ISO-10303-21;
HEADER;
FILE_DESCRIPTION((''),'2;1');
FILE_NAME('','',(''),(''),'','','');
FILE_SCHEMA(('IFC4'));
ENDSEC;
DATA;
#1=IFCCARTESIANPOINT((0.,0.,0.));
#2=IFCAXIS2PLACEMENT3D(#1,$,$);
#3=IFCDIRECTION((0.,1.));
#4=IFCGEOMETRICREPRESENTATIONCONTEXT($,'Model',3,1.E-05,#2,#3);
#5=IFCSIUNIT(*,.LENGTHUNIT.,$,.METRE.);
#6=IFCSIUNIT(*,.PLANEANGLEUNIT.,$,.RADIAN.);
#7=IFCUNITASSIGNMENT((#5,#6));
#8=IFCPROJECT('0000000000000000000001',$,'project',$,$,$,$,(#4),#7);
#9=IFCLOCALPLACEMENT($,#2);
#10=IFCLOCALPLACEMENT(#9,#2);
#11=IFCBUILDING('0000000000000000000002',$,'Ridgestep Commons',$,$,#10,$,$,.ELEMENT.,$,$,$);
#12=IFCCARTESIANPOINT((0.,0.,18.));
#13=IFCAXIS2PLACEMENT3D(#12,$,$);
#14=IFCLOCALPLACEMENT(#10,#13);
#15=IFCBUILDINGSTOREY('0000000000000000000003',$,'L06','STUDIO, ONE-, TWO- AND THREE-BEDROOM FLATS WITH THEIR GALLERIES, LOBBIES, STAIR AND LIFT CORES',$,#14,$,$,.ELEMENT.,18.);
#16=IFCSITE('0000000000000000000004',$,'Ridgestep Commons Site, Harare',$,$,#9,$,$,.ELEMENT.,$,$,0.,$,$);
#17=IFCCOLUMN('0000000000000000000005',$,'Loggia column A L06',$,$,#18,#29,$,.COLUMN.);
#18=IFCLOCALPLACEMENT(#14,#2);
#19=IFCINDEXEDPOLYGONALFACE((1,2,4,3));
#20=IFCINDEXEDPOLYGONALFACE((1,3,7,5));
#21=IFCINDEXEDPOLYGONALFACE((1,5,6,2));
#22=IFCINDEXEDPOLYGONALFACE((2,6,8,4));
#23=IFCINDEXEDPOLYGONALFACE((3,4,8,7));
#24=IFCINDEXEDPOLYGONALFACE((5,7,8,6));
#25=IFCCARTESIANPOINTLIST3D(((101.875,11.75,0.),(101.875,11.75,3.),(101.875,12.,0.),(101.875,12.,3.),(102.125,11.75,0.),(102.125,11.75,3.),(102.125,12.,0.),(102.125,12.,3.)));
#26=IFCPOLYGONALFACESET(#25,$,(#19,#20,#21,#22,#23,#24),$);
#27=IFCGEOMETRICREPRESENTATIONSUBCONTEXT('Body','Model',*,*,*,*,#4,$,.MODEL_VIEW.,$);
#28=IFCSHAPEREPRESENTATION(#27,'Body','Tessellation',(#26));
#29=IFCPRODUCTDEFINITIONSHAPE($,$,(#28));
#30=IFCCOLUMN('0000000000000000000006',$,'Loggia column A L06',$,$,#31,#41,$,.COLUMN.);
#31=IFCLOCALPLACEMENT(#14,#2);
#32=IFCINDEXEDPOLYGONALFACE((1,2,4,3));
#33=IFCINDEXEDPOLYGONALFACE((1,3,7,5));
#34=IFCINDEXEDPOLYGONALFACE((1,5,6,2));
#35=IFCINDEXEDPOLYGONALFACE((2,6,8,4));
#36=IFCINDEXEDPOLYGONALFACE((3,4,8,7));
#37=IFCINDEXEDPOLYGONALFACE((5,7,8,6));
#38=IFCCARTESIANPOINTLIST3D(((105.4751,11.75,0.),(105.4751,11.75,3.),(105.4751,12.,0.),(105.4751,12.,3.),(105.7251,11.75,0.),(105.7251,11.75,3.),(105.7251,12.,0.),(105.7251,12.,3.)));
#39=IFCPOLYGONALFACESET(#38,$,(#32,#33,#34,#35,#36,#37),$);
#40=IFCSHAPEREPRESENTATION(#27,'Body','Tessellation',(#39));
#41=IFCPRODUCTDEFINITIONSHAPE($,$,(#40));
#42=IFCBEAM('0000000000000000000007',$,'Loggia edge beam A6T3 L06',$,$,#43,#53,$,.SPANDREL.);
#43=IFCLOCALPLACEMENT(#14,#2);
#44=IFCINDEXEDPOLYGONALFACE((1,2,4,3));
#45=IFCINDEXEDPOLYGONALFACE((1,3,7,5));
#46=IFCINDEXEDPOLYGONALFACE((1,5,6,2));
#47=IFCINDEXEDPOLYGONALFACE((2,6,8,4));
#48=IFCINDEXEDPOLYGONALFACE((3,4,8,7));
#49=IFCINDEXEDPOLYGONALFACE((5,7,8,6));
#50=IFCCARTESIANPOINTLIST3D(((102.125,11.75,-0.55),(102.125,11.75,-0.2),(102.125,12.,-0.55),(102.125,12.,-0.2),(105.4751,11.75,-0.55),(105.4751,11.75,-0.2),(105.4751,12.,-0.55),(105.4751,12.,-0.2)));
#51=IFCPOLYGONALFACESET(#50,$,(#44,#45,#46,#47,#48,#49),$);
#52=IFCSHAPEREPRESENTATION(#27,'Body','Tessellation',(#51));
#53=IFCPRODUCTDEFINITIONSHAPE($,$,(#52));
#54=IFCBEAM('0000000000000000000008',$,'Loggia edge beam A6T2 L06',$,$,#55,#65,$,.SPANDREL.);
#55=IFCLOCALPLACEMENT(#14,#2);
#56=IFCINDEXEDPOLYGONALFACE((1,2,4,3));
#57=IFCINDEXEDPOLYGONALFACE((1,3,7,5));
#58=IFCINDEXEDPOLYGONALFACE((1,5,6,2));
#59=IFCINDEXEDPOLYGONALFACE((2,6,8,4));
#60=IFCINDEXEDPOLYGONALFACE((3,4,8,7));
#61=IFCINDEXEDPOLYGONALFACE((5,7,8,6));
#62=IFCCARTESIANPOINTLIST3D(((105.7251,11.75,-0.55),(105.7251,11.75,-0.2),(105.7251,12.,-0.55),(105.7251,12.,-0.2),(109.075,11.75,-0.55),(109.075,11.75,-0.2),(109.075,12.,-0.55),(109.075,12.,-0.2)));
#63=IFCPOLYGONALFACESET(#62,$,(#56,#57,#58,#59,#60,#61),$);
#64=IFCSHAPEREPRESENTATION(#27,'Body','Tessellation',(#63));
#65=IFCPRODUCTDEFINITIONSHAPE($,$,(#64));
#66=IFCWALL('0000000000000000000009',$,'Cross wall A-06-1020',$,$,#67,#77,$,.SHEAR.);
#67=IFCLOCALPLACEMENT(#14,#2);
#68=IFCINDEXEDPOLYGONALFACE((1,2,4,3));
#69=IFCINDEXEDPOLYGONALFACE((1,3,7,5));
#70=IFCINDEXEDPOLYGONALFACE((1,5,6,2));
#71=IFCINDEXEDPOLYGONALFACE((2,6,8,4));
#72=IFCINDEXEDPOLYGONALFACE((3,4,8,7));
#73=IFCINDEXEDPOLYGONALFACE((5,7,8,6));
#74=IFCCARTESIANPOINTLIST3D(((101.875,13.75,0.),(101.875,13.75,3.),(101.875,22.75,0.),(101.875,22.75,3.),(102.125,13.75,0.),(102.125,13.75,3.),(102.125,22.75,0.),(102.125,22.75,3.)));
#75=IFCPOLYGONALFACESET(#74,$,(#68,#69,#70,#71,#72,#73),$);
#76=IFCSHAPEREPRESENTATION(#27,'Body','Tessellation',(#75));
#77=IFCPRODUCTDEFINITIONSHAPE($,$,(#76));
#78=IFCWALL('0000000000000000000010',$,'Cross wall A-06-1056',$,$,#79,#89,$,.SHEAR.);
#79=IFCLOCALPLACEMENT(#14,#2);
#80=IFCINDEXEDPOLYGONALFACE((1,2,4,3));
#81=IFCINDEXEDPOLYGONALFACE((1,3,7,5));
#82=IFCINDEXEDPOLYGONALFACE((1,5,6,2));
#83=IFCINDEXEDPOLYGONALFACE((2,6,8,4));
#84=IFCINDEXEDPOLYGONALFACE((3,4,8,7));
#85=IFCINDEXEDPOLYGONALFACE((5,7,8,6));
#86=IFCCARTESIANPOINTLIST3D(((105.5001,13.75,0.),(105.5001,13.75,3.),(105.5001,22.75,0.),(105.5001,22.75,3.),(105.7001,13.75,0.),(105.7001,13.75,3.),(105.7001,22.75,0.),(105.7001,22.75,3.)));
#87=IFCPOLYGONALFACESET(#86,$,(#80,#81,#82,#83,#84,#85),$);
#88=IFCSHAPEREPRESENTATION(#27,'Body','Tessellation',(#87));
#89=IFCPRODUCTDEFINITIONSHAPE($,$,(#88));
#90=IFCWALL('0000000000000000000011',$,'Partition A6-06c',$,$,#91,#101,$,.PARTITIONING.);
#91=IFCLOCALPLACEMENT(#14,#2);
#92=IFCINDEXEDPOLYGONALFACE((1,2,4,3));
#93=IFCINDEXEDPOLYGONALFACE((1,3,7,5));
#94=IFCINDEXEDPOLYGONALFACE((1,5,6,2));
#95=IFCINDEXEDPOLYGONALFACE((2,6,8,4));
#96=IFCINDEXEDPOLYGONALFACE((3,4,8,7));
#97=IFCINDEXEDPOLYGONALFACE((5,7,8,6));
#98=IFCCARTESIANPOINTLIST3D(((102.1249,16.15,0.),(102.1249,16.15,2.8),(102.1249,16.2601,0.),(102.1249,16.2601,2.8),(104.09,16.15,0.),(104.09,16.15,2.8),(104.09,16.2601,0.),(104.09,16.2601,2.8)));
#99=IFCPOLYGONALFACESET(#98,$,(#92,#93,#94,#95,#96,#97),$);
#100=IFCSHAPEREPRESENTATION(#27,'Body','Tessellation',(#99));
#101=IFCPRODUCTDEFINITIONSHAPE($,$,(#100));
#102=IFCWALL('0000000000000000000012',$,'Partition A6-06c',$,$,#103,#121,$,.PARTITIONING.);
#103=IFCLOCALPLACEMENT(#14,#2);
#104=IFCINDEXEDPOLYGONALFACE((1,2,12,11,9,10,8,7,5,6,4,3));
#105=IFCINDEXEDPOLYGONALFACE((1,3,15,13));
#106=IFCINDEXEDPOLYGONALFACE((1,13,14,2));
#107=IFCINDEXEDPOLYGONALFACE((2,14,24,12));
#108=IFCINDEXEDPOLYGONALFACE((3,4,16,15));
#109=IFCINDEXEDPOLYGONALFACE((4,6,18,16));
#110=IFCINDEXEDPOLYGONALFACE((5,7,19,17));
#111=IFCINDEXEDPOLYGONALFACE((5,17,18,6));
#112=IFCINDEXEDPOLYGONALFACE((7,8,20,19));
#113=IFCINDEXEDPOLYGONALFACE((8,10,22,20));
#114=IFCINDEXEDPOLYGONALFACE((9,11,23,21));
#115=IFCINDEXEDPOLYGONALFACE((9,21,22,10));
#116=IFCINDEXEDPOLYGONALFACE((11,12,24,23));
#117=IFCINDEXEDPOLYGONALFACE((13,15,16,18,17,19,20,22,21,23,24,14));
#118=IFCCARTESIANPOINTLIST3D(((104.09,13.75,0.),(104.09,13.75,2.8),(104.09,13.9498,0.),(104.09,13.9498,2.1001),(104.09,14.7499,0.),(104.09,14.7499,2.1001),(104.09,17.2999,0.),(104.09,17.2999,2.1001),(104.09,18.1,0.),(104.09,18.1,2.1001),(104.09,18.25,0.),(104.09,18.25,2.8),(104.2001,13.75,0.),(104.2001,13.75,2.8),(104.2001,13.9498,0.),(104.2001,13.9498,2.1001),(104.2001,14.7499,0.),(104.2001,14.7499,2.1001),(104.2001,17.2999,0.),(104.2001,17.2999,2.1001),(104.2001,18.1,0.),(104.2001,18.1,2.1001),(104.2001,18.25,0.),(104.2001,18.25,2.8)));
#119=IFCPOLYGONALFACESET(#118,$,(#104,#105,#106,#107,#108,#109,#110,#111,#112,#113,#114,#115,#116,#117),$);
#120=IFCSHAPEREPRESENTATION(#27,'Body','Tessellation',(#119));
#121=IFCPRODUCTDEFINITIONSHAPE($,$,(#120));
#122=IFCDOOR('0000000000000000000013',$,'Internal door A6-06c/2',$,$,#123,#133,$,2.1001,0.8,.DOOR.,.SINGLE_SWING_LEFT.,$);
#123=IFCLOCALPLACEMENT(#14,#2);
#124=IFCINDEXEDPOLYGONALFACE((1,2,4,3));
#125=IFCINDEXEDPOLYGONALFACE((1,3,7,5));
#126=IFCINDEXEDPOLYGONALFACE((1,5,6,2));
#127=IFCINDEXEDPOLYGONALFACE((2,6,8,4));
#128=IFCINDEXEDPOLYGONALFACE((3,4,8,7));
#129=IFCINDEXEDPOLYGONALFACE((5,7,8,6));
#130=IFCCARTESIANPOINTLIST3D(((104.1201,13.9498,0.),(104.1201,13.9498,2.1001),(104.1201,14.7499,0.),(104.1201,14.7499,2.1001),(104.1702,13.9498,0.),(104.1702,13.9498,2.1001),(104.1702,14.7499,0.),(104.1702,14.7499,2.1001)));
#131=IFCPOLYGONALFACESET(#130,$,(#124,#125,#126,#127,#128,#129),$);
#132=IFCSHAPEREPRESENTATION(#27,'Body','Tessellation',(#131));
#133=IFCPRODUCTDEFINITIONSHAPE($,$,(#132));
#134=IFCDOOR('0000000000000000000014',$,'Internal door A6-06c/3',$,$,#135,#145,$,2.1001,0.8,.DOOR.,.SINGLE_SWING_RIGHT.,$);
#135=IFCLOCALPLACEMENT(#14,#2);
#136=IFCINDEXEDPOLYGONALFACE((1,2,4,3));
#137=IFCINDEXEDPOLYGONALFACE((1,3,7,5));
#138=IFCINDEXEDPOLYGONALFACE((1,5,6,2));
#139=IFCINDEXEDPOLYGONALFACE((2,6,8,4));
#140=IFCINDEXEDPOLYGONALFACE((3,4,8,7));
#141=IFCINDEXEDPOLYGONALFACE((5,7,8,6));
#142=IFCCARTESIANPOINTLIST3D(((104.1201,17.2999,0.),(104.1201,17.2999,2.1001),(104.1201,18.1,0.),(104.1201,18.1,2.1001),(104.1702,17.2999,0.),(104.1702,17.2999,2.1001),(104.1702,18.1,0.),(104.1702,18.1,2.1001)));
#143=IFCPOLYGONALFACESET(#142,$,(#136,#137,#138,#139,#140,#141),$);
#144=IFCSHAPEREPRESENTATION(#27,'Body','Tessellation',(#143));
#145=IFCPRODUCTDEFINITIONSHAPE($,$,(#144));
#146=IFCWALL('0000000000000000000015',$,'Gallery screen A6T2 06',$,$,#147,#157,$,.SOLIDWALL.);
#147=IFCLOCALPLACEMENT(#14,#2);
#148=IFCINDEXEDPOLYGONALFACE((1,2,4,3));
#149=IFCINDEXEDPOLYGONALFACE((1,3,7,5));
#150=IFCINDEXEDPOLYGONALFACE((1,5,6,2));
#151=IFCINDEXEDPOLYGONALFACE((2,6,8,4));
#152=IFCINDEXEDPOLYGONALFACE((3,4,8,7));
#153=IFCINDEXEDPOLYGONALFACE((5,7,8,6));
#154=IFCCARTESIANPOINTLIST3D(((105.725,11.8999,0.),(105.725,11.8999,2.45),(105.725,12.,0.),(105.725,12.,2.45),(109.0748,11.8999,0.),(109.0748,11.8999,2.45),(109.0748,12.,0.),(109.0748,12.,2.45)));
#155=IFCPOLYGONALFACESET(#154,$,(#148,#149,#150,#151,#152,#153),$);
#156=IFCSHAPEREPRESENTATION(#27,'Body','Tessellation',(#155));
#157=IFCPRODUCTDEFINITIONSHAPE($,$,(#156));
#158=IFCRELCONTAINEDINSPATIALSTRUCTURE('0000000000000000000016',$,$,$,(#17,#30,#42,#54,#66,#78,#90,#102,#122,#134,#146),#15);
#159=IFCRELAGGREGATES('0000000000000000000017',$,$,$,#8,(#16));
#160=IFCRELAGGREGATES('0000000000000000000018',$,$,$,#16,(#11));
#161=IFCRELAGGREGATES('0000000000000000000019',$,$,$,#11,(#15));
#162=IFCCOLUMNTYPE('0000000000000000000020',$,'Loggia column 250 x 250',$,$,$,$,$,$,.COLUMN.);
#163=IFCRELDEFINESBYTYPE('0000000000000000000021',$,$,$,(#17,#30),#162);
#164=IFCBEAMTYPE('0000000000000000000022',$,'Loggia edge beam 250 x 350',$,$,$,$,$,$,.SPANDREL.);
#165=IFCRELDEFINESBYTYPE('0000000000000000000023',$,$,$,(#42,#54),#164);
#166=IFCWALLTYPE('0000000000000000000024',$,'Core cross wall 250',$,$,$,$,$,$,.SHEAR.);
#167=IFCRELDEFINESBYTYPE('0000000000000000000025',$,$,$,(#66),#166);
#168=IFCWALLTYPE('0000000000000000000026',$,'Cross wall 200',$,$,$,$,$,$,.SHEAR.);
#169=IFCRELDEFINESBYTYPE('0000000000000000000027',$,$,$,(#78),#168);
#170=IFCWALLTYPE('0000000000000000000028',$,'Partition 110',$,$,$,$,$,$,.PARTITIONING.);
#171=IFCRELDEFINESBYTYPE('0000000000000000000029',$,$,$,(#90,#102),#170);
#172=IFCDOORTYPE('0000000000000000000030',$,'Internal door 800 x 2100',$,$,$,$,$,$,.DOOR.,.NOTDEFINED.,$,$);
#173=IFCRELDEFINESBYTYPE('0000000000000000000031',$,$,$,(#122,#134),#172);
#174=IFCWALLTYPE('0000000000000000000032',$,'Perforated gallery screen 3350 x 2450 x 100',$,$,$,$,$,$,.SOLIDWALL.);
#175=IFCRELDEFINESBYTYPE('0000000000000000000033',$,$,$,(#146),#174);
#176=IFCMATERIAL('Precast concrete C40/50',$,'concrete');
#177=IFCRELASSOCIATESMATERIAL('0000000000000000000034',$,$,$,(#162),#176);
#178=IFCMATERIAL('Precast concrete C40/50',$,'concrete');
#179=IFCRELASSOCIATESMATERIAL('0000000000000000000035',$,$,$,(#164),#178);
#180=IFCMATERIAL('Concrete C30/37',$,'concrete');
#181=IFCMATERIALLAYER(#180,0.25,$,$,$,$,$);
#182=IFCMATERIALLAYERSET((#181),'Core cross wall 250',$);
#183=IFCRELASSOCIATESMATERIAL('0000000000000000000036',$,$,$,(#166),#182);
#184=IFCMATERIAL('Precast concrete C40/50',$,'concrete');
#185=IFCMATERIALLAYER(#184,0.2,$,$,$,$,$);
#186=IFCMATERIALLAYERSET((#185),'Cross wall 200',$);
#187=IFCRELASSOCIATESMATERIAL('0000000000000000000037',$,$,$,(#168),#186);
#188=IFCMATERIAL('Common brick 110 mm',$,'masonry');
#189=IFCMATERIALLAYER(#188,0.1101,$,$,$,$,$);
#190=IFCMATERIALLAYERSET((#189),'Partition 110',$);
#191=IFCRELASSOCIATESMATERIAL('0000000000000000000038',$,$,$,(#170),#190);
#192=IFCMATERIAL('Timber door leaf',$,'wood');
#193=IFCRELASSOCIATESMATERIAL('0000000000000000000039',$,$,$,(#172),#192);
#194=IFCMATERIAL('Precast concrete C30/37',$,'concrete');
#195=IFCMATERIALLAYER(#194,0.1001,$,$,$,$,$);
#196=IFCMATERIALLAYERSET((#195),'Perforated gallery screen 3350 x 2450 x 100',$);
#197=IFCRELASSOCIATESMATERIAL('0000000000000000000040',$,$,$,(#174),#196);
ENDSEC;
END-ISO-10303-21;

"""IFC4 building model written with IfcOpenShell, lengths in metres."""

from ifc_helpers import new_model, si_unit, direction, frame, frame_2d, origin, origin_2d, place, context, subcontext, project, spatial, rectangle, extrude, material, layer, layer_set, material_profile, profile_set, type_object, element, fill, save


model = new_model("IFC4")

# Units and contexts
model_context = context("Model", 3, precision=1e-05, world=origin(), true_north=direction((0.0, 1.0)))
body_context = subcontext(model_context, "Body", "Model", "MODEL_VIEW")
ifc_project = project(units=[si_unit("LENGTHUNIT", "METRE"), si_unit("PLANEANGLEUNIT", "RADIAN")], contexts=[model_context])

# Site, building, storey
site_placement = place(None, origin())
site = spatial("IfcSite", under=ifc_project, at=site_placement, Name="Ridgestep Commons Site, Harare", CompositionType="ELEMENT", RefElevation=0.0)
building_placement = place(site_placement, origin())
building = spatial("IfcBuilding", under=site, at=building_placement, Name="Ridgestep Commons", CompositionType="ELEMENT")
storey_placement = place(building_placement, frame((0.0, 0.0, 18.0)))
storey = spatial("IfcBuildingStorey", under=building, at=storey_placement, Name="L06", Description="STUDIO, ONE-, TWO- AND THREE-BEDROOM FLATS WITH THEIR GALLERIES, LOBBIES, STAIR AND LIFT CORES", CompositionType="ELEMENT", Elevation=18.0)

# Columns
ifc_material_1 = material(Name="Precast concrete C40/50", Category="concrete")
ifc_material_profile_1 = material_profile(ifc_material_1, rectangle(XDim=0.25, YDim=0.25, at=origin_2d()), Name="PC 250x250")
ifc_profile_set_1 = profile_set([ifc_material_profile_1], Name="Precast concrete C40/50")
column_type = type_object("IfcColumnType", Name="Loggia column 250 x 250", PredefinedType="COLUMN", material=ifc_profile_set_1)
for number, where, z_axis, x_axis, name in (
    (1, (102.0, 11.875, 0.0), (0.0, 0.0, 1.0), (1.0, 0.0, 0.0), "Loggia column A L06"),
    (2, (105.6001, 11.875, 0.0), (0.0, 0.0, 1.0), (1.0, 0.0, 0.0), "Loggia column A L06"),
):
    element("IfcColumn", number, at=place(storey_placement, frame(where, z_axis=z_axis, x_axis=x_axis)), inside=storey, type_object=column_type, Name=name, PredefinedType="COLUMN", context=body_context, shape_type="SweptSolid", body=[
        extrude(rectangle(XDim=0.25, YDim=0.25, at=origin_2d()), origin(), (0.0, 0.0, 1.0), 3.0),
    ])

# Beams
ifc_material_2 = material(Name="Precast concrete C40/50", Category="concrete")
ifc_material_profile_2 = material_profile(ifc_material_2, rectangle(XDim=0.25, YDim=0.3501, at=origin_2d()), Name="PC 250x350")
ifc_profile_set_2 = profile_set([ifc_material_profile_2], Name="Precast concrete C40/50")
beam_type = type_object("IfcBeamType", Name="Loggia edge beam 250 x 350", PredefinedType="SPANDREL", material=ifc_profile_set_2)
beam_1_placement = place(storey_placement, frame((102.125, 11.875, -0.375), z_axis=(1.0, 0.0, 0.0), x_axis=(0.0, 1.0, 0.0)))
element("IfcBeam", 3, at=beam_1_placement, inside=storey, type_object=beam_type, Name="Loggia edge beam A6T3 L06", PredefinedType="SPANDREL", context=body_context, shape_type="SweptSolid", body=[
    extrude(rectangle(XDim=0.25, YDim=0.3501, at=origin_2d()), origin(), (0.0, 0.0, 1.0), 3.3501),
])
beam_2_placement = place(storey_placement, frame((105.7251, 11.875, -0.375), z_axis=(1.0, 0.0, 0.0), x_axis=(0.0, 1.0, 0.0)))
element("IfcBeam", 4, at=beam_2_placement, inside=storey, type_object=beam_type, Name="Loggia edge beam A6T2 L06", PredefinedType="SPANDREL", context=body_context, shape_type="SweptSolid", body=[
    extrude(rectangle(XDim=0.25, YDim=0.3501, at=origin_2d()), origin(), (0.0, 0.0, 1.0), 3.3499),
])

# Walls
ifc_material_3 = material(Name="Concrete C30/37", Category="concrete")
ifc_layer_1 = layer(ifc_material_3, 0.25)
ifc_layer_set_1 = layer_set([ifc_layer_1], Name="Core cross wall 250")
wall_type_1 = type_object("IfcWallType", Name="Core cross wall 250", PredefinedType="SHEAR", material=ifc_layer_set_1)
wall_1_placement = place(storey_placement, frame((102.0, 13.75, 0.0), z_axis=(0.0, 0.0, 1.0), x_axis=(0.0, 1.0, 0.0)))
element("IfcWall", 5, at=wall_1_placement, inside=storey, type_object=wall_type_1, Name="Cross wall A-06-1020", PredefinedType="SHEAR", context=body_context, shape_type="SweptSolid", body=[
    extrude(rectangle(XDim=9.0, YDim=0.25, at=frame_2d((4.5, 0.0))), origin(), (0.0, 0.0, 1.0), 3.0),
])
ifc_material_4 = material(Name="Precast concrete C40/50", Category="concrete")
ifc_layer_2 = layer(ifc_material_4, 0.2)
ifc_layer_set_2 = layer_set([ifc_layer_2], Name="Cross wall 200")
wall_type_2 = type_object("IfcWallType", Name="Cross wall 200", PredefinedType="SHEAR", material=ifc_layer_set_2)
wall_2_placement = place(storey_placement, frame((105.6001, 13.75, 0.0), z_axis=(0.0, 0.0, 1.0), x_axis=(0.0, 1.0, 0.0)))
element("IfcWall", 6, at=wall_2_placement, inside=storey, type_object=wall_type_2, Name="Cross wall A-06-1056", PredefinedType="SHEAR", context=body_context, shape_type="SweptSolid", body=[
    extrude(rectangle(XDim=9.0, YDim=0.2, at=frame_2d((4.5, 0.0))), origin(), (0.0, 0.0, 1.0), 3.0),
])
ifc_material_5 = material(Name="Common brick 110 mm", Category="masonry")
ifc_layer_3 = layer(ifc_material_5, 0.1101)
ifc_layer_set_3 = layer_set([ifc_layer_3], Name="Partition 110")
wall_type_3 = type_object("IfcWallType", Name="Partition 110", PredefinedType="PARTITIONING", material=ifc_layer_set_3)
wall_3_placement = place(storey_placement, frame((102.125, 16.2051, 0.0), z_axis=(0.0, 0.0, 1.0), x_axis=(1.0, 0.0, 0.0)))
element("IfcWall", 7, at=wall_3_placement, inside=storey, type_object=wall_type_3, Name="Partition A6-06c", PredefinedType="PARTITIONING", context=body_context, shape_type="SweptSolid", body=[
    extrude(rectangle(XDim=1.9651, YDim=0.1101, at=frame_2d((0.9824, 0.0))), origin(), (0.0, 0.0, 1.0), 2.8),
])

# Wall, openings, doors
wall_4_placement = place(storey_placement, frame((104.145, 13.75, 0.0), z_axis=(0.0, 0.0, 1.0), x_axis=(0.0, 1.0, 0.0)))
wall_4 = element("IfcWall", 8, at=wall_4_placement, inside=storey, type_object=wall_type_3, Name="Partition A6-06c", PredefinedType="PARTITIONING", context=body_context, shape_type="SweptSolid", body=[
    extrude(rectangle(XDim=4.5, YDim=0.1101, at=frame_2d((2.25, 0.0))), origin(), (0.0, 0.0, 1.0), 2.8),
])
opening_1_placement = place(wall_4_placement, frame((0.2, 0.0, 0.0)))
opening_1 = element("IfcOpeningElement", 9, at=opening_1_placement, cuts=wall_4, PredefinedType="OPENING", context=body_context, shape_type="SweptSolid", body=[
    extrude(rectangle(XDim=0.8, YDim=2.1001, at=frame_2d((0.3999, 1.05))), frame((0.0, 0.0649, 0.0), z_axis=(0.0, -1.0, 0.0), x_axis=(1.0, 0.0, 0.0)), (0.0, 0.0, 1.0), 0.1301),
])
opening_2_placement = place(wall_4_placement, frame((3.55, 0.0, 0.0)))
opening_2 = element("IfcOpeningElement", 10, at=opening_2_placement, cuts=wall_4, PredefinedType="OPENING", context=body_context, shape_type="SweptSolid", body=[
    extrude(rectangle(XDim=0.8, YDim=2.1001, at=frame_2d((0.3999, 1.05))), frame((0.0, 0.0649, 0.0), z_axis=(0.0, -1.0, 0.0), x_axis=(1.0, 0.0, 0.0)), (0.0, 0.0, 1.0), 0.1301),
])
ifc_material_6 = material(Name="Timber door leaf", Category="wood")
door_type_1 = type_object("IfcDoorType", Name="Internal door 800 x 2100", OperationType="NOTDEFINED", PredefinedType="DOOR", material=ifc_material_6)
door_1_placement = place(opening_1_placement, origin())
door_1 = element("IfcDoor", 11, at=door_1_placement, inside=storey, type_object=door_type_1, Name="Internal door A6-06c/2", OperationType="SINGLE_SWING_LEFT", OverallHeight=2.1001, OverallWidth=0.8, PredefinedType="DOOR", context=body_context, shape_type="SweptSolid", body=[
    extrude(rectangle(XDim=0.8, YDim=2.1001, at=frame_2d((0.3999, 1.05))), frame((0.0, 0.0249, 0.0), z_axis=(0.0, -1.0, 0.0), x_axis=(1.0, 0.0, 0.0)), (0.0, 0.0, 1.0), 0.05),
])
fill(opening_1, door_1)
door_2_placement = place(opening_2_placement, origin())
door_2 = element("IfcDoor", 12, at=door_2_placement, inside=storey, type_object=door_type_1, Name="Internal door A6-06c/3", OperationType="SINGLE_SWING_RIGHT", OverallHeight=2.1001, OverallWidth=0.8, PredefinedType="DOOR", context=body_context, shape_type="SweptSolid", body=[
    extrude(rectangle(XDim=0.8, YDim=2.1001, at=frame_2d((0.3999, 1.05))), frame((0.0, 0.0249, 0.0), z_axis=(0.0, -1.0, 0.0), x_axis=(1.0, 0.0, 0.0)), (0.0, 0.0, 1.0), 0.05),
])
fill(opening_2, door_2)

# Wall
ifc_material_7 = material(Name="Precast concrete C30/37", Category="concrete")
ifc_layer_4 = layer(ifc_material_7, 0.1001)
ifc_layer_set_4 = layer_set([ifc_layer_4], Name="Perforated gallery screen 3350 x 2450 x 100")
wall_type_4 = type_object("IfcWallType", Name="Perforated gallery screen 3350 x 2450 x 100", PredefinedType="SOLIDWALL", material=ifc_layer_set_4)
wall_5_placement = place(storey_placement, frame((105.7251, 11.95, 0.0), z_axis=(0.0, 0.0, 1.0), x_axis=(1.0, 0.0, 0.0)))
element("IfcWall", 13, at=wall_5_placement, inside=storey, type_object=wall_type_4, Name="Gallery screen A6T2 06", PredefinedType="SOLIDWALL", context=body_context, shape_type="SweptSolid", body=[
    extrude(rectangle(XDim=3.3499, YDim=0.1001, at=frame_2d((1.6748, 0.0))), origin(), (0.0, 0.0, 1.0), 2.45),
])

save(model, "model.ifc")
